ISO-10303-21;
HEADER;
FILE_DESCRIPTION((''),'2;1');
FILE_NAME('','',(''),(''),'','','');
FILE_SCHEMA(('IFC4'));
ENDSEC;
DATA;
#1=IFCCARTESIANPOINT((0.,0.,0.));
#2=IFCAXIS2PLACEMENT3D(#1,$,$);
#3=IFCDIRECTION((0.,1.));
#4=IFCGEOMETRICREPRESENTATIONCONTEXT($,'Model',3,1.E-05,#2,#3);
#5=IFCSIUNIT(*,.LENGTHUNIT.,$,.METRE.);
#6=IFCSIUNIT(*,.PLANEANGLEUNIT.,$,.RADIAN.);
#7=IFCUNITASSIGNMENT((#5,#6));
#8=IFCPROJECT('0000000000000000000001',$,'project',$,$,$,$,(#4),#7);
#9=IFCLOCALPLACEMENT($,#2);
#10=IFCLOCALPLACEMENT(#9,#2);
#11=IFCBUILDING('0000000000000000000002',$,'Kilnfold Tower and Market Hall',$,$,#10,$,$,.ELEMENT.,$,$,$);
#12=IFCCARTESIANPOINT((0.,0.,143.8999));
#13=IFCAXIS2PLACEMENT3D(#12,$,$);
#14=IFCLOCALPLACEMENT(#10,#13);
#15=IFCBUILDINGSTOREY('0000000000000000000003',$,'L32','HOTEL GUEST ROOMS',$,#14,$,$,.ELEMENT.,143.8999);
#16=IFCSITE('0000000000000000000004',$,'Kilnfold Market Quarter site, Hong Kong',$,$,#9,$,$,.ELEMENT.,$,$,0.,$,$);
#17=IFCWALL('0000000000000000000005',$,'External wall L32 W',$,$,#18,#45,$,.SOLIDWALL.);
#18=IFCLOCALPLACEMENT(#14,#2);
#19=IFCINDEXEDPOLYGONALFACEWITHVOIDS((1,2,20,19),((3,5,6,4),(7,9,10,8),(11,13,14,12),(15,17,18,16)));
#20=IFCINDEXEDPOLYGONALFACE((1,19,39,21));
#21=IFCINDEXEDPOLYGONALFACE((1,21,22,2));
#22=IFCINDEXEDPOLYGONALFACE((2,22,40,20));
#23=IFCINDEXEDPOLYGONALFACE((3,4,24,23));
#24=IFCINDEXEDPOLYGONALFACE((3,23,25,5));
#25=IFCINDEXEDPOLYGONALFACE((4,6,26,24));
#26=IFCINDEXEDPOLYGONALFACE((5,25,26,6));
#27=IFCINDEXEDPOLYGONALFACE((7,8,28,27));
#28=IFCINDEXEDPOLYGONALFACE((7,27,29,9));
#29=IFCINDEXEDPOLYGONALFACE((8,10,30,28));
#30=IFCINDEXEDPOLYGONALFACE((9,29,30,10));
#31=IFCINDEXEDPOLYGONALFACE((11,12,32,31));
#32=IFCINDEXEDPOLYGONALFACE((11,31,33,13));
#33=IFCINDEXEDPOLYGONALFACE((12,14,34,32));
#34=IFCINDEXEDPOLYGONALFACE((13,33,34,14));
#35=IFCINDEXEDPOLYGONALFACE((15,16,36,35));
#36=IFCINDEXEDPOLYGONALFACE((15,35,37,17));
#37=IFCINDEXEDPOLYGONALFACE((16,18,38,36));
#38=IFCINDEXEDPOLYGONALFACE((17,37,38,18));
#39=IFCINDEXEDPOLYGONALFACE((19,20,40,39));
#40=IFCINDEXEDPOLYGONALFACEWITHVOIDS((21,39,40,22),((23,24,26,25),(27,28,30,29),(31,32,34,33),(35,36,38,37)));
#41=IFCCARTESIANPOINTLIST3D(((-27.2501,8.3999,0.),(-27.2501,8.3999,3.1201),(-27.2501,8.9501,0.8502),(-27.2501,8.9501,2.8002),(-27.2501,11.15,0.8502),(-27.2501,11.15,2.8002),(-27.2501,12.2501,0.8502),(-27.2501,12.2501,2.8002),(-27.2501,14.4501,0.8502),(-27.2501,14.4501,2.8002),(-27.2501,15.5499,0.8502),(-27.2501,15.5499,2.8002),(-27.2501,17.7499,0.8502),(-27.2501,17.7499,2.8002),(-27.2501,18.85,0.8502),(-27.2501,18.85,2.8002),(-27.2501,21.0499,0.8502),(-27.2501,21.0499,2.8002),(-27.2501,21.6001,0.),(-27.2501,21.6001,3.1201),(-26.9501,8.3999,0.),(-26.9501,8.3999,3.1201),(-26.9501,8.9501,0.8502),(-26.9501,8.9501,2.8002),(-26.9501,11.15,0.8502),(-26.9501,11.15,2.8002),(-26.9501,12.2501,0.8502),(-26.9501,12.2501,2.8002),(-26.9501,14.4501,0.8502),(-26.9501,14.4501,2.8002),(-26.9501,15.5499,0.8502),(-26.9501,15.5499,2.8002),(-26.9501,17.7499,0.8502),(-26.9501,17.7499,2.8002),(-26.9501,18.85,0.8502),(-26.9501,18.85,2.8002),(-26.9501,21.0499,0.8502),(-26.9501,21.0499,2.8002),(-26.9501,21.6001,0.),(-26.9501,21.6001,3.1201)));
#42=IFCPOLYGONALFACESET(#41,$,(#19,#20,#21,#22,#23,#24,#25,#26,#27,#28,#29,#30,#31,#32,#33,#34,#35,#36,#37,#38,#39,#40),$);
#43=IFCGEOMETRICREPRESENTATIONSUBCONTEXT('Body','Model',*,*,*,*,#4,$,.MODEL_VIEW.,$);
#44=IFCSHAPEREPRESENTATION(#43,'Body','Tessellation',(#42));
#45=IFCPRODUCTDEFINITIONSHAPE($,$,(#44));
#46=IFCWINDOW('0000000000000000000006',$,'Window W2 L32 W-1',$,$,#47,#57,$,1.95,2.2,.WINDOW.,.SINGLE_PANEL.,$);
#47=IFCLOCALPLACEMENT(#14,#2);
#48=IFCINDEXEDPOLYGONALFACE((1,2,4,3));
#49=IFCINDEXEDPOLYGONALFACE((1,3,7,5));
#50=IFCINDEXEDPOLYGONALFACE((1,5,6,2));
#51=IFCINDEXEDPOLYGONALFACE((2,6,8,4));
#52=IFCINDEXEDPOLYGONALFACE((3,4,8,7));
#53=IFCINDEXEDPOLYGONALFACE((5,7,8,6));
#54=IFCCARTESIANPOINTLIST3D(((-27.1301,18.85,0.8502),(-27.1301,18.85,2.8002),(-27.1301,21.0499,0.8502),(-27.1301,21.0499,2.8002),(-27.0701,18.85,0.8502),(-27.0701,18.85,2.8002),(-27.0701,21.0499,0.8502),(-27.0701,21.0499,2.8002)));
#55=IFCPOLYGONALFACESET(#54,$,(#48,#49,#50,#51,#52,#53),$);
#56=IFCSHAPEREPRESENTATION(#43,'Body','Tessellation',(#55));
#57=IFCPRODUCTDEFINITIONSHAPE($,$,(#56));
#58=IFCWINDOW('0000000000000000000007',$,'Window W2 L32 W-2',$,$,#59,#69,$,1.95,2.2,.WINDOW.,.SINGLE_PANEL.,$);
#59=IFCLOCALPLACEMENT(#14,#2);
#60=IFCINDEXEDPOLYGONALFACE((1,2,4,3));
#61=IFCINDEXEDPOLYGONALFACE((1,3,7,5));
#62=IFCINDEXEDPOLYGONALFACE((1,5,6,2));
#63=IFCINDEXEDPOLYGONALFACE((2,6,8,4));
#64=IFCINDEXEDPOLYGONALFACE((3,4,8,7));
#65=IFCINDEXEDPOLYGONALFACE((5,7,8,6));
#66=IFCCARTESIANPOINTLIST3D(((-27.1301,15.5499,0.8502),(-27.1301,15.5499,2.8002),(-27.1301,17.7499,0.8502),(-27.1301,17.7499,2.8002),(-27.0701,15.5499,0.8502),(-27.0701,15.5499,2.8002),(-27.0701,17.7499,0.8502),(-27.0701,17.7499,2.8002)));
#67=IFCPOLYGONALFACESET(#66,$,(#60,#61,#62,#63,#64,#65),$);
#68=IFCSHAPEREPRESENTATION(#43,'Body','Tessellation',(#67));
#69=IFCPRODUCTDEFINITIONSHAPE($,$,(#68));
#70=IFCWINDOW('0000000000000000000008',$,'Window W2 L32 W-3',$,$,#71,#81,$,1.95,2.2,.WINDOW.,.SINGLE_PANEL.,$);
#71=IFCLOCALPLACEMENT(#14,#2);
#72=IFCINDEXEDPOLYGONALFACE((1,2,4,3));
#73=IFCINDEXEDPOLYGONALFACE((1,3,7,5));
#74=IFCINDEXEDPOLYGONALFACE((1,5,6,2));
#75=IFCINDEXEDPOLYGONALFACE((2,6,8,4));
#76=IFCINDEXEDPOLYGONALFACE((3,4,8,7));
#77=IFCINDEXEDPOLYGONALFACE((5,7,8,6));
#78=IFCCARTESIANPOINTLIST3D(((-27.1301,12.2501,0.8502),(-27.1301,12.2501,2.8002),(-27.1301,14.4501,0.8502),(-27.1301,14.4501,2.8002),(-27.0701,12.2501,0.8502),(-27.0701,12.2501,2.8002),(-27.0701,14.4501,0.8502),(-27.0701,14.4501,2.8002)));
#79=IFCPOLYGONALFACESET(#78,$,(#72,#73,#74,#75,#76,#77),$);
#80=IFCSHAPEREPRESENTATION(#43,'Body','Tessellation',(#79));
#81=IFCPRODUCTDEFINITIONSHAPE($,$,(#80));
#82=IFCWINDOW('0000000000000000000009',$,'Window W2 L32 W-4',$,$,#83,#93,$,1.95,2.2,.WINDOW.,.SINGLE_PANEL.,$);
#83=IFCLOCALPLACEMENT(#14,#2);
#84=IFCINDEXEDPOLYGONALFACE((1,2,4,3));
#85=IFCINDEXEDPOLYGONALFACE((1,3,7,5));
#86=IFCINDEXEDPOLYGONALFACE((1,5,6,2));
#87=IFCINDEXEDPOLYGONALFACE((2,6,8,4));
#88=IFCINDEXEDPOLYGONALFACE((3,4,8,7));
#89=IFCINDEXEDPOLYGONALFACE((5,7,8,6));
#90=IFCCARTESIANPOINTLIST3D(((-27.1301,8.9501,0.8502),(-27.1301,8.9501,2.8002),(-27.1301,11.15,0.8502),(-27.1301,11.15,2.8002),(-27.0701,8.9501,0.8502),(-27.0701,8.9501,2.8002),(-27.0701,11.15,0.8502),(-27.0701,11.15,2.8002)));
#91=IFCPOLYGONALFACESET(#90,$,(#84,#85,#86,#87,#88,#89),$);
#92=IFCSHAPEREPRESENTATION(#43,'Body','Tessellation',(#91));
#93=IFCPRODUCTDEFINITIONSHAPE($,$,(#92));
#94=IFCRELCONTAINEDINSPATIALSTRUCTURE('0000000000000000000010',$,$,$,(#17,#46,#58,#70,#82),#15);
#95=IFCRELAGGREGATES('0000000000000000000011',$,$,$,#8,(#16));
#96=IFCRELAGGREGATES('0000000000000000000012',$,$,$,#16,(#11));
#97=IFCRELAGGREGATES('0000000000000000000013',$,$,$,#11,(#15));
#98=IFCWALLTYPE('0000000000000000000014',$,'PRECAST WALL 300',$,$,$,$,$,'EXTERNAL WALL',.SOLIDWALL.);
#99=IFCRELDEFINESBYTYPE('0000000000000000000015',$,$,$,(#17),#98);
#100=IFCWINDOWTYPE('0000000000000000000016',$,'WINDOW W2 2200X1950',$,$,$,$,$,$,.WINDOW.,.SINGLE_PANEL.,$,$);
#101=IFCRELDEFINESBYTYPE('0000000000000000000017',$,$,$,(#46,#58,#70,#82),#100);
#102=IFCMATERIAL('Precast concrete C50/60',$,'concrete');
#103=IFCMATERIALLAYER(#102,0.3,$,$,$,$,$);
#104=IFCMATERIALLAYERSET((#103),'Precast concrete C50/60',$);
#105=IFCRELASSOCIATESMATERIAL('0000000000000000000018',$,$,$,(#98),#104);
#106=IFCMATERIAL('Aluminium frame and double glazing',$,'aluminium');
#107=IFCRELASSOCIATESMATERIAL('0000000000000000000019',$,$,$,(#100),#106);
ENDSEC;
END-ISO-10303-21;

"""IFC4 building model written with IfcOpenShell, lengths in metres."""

from ifc_helpers import new_model, si_unit, direction, frame, frame_2d, origin, place, context, subcontext, project, spatial, rectangle, extrude, source, transform, mapped, material, layer, layer_set, type_object, element, fill, save


model = new_model("IFC4")

# Units and contexts
model_context = context("Model", 3, precision=1e-05, world=origin(), true_north=direction((0.0, 1.0)))
body_context = subcontext(model_context, "Body", "Model", "MODEL_VIEW")
ifc_project = project(units=[si_unit("LENGTHUNIT", "METRE"), si_unit("PLANEANGLEUNIT", "RADIAN")], contexts=[model_context])

# Site, building, storey
site_placement = place(None, origin())
site = spatial("IfcSite", under=ifc_project, at=site_placement, Name="Kilnfold Market Quarter site, Hong Kong", CompositionType="ELEMENT", RefElevation=0.0)
building_placement = place(site_placement, origin())
building = spatial("IfcBuilding", under=site, at=building_placement, Name="Kilnfold Tower and Market Hall", CompositionType="ELEMENT")
storey_placement = place(building_placement, frame((0.0, 0.0, 143.8999)))
storey = spatial("IfcBuildingStorey", under=building, at=storey_placement, Name="L32", Description="HOTEL GUEST ROOMS", CompositionType="ELEMENT", Elevation=143.8999)

# Wall, openings, windows
ifc_material_1 = material(Name="Precast concrete C50/60", Category="concrete")
ifc_layer_1 = layer(ifc_material_1, 0.3)
ifc_layer_set_1 = layer_set([ifc_layer_1], Name="Precast concrete C50/60")
wall_type_1 = type_object("IfcWallType", Name="PRECAST WALL 300", ElementType="EXTERNAL WALL", PredefinedType="SOLIDWALL", material=ifc_layer_set_1)
shared_shape_1 = source(origin(), body_context, "Body", "SweptSolid", [
    extrude(rectangle(XDim=13.2002, YDim=0.3, at=frame_2d((6.6001, 0.0))), origin(), (0.0, 0.0, 1.0), 3.1201),
])
wall_1_placement = place(storey_placement, frame((-27.1001, 21.6001, 0.0), z_axis=(0.0, 0.0, 1.0), x_axis=(0.0, -1.0, 0.0)))
wall_1 = element("IfcWall", 1, at=wall_1_placement, inside=storey, type_object=wall_type_1, Name="External wall L32 W", PredefinedType="SOLIDWALL", context=body_context, shape_type="MappedRepresentation", body=[
    mapped(shared_shape_1, transform((0.0, 0.0, 0.0))),
])
opening_1_placement = place(wall_1_placement, frame((0.55, 0.0, 0.8501)))
opening_1 = element("IfcOpeningElement", 2, at=opening_1_placement, cuts=wall_1, PredefinedType="OPENING", context=body_context, shape_type="SweptSolid", body=[
    extrude(rectangle(XDim=2.2, YDim=1.95, at=frame_2d((1.1001, 0.9751))), frame((0.0, 0.1602, 0.0), z_axis=(0.0, -1.0, 0.0), x_axis=(1.0, 0.0, 0.0)), (0.0, 0.0, 1.0), 0.3201),
])
opening_2_placement = place(wall_1_placement, frame((3.8501, 0.0, 0.8501)))
opening_2 = element("IfcOpeningElement", 3, at=opening_2_placement, cuts=wall_1, PredefinedType="OPENING", context=body_context, shape_type="SweptSolid", body=[
    extrude(rectangle(XDim=2.2, YDim=1.95, at=frame_2d((1.1001, 0.9751))), frame((0.0, 0.1602, 0.0), z_axis=(0.0, -1.0, 0.0), x_axis=(1.0, 0.0, 0.0)), (0.0, 0.0, 1.0), 0.3201),
])
opening_3_placement = place(wall_1_placement, frame((7.1499, 0.0, 0.8501)))
opening_3 = element("IfcOpeningElement", 4, at=opening_3_placement, cuts=wall_1, PredefinedType="OPENING", context=body_context, shape_type="SweptSolid", body=[
    extrude(rectangle(XDim=2.2, YDim=1.95, at=frame_2d((1.1001, 0.9751))), frame((0.0, 0.1602, 0.0), z_axis=(0.0, -1.0, 0.0), x_axis=(1.0, 0.0, 0.0)), (0.0, 0.0, 1.0), 0.3201),
])
opening_4_placement = place(wall_1_placement, frame((10.45, 0.0, 0.8501)))
opening_4 = element("IfcOpeningElement", 5, at=opening_4_placement, cuts=wall_1, PredefinedType="OPENING", context=body_context, shape_type="SweptSolid", body=[
    extrude(rectangle(XDim=2.2, YDim=1.95, at=frame_2d((1.1001, 0.9751))), frame((0.0, 0.1602, 0.0), z_axis=(0.0, -1.0, 0.0), x_axis=(1.0, 0.0, 0.0)), (0.0, 0.0, 1.0), 0.3201),
])
ifc_material_2 = material(Name="Aluminium frame and double glazing", Category="aluminium")
window_type = type_object("IfcWindowType", Name="WINDOW W2 2200X1950", PartitioningType="SINGLE_PANEL", PredefinedType="WINDOW", material=ifc_material_2)
window_1_placement = place(opening_1_placement, origin())
window_1 = element("IfcWindow", 6, at=window_1_placement, inside=storey, type_object=window_type, Name="Window W2 L32 W-1", OverallHeight=1.95, OverallWidth=2.2, PartitioningType="SINGLE_PANEL", PredefinedType="WINDOW", context=body_context, shape_type="SweptSolid", body=[
    extrude(rectangle(XDim=2.2, YDim=1.95, at=frame_2d((1.1001, 0.9751))), frame((0.0, 0.03, 0.0), z_axis=(0.0, -1.0, 0.0), x_axis=(1.0, 0.0, 0.0)), (0.0, 0.0, 1.0), 0.0601),
])
fill(opening_1, window_1)
window_2_placement = place(opening_2_placement, origin())
window_2 = element("IfcWindow", 7, at=window_2_placement, inside=storey, type_object=window_type, Name="Window W2 L32 W-2", OverallHeight=1.95, OverallWidth=2.2, PartitioningType="SINGLE_PANEL", PredefinedType="WINDOW", context=body_context, shape_type="SweptSolid", body=[
    extrude(rectangle(XDim=2.2, YDim=1.95, at=frame_2d((1.1001, 0.9751))), frame((0.0, 0.03, 0.0), z_axis=(0.0, -1.0, 0.0), x_axis=(1.0, 0.0, 0.0)), (0.0, 0.0, 1.0), 0.0601),
])
fill(opening_2, window_2)
window_3_placement = place(opening_3_placement, origin())
window_3 = element("IfcWindow", 8, at=window_3_placement, inside=storey, type_object=window_type, Name="Window W2 L32 W-3", OverallHeight=1.95, OverallWidth=2.2, PartitioningType="SINGLE_PANEL", PredefinedType="WINDOW", context=body_context, shape_type="SweptSolid", body=[
    extrude(rectangle(XDim=2.2, YDim=1.95, at=frame_2d((1.1001, 0.9751))), frame((0.0, 0.03, 0.0), z_axis=(0.0, -1.0, 0.0), x_axis=(1.0, 0.0, 0.0)), (0.0, 0.0, 1.0), 0.0601),
])
fill(opening_3, window_3)
window_4_placement = place(opening_4_placement, origin())
window_4 = element("IfcWindow", 9, at=window_4_placement, inside=storey, type_object=window_type, Name="Window W2 L32 W-4", OverallHeight=1.95, OverallWidth=2.2, PartitioningType="SINGLE_PANEL", PredefinedType="WINDOW", context=body_context, shape_type="SweptSolid", body=[
    extrude(rectangle(XDim=2.2, YDim=1.95, at=frame_2d((1.1001, 0.9751))), frame((0.0, 0.03, 0.0), z_axis=(0.0, -1.0, 0.0), x_axis=(1.0, 0.0, 0.0)), (0.0, 0.0, 1.0), 0.0601),
])
fill(opening_4, window_4)

save(model, "model.ifc")
